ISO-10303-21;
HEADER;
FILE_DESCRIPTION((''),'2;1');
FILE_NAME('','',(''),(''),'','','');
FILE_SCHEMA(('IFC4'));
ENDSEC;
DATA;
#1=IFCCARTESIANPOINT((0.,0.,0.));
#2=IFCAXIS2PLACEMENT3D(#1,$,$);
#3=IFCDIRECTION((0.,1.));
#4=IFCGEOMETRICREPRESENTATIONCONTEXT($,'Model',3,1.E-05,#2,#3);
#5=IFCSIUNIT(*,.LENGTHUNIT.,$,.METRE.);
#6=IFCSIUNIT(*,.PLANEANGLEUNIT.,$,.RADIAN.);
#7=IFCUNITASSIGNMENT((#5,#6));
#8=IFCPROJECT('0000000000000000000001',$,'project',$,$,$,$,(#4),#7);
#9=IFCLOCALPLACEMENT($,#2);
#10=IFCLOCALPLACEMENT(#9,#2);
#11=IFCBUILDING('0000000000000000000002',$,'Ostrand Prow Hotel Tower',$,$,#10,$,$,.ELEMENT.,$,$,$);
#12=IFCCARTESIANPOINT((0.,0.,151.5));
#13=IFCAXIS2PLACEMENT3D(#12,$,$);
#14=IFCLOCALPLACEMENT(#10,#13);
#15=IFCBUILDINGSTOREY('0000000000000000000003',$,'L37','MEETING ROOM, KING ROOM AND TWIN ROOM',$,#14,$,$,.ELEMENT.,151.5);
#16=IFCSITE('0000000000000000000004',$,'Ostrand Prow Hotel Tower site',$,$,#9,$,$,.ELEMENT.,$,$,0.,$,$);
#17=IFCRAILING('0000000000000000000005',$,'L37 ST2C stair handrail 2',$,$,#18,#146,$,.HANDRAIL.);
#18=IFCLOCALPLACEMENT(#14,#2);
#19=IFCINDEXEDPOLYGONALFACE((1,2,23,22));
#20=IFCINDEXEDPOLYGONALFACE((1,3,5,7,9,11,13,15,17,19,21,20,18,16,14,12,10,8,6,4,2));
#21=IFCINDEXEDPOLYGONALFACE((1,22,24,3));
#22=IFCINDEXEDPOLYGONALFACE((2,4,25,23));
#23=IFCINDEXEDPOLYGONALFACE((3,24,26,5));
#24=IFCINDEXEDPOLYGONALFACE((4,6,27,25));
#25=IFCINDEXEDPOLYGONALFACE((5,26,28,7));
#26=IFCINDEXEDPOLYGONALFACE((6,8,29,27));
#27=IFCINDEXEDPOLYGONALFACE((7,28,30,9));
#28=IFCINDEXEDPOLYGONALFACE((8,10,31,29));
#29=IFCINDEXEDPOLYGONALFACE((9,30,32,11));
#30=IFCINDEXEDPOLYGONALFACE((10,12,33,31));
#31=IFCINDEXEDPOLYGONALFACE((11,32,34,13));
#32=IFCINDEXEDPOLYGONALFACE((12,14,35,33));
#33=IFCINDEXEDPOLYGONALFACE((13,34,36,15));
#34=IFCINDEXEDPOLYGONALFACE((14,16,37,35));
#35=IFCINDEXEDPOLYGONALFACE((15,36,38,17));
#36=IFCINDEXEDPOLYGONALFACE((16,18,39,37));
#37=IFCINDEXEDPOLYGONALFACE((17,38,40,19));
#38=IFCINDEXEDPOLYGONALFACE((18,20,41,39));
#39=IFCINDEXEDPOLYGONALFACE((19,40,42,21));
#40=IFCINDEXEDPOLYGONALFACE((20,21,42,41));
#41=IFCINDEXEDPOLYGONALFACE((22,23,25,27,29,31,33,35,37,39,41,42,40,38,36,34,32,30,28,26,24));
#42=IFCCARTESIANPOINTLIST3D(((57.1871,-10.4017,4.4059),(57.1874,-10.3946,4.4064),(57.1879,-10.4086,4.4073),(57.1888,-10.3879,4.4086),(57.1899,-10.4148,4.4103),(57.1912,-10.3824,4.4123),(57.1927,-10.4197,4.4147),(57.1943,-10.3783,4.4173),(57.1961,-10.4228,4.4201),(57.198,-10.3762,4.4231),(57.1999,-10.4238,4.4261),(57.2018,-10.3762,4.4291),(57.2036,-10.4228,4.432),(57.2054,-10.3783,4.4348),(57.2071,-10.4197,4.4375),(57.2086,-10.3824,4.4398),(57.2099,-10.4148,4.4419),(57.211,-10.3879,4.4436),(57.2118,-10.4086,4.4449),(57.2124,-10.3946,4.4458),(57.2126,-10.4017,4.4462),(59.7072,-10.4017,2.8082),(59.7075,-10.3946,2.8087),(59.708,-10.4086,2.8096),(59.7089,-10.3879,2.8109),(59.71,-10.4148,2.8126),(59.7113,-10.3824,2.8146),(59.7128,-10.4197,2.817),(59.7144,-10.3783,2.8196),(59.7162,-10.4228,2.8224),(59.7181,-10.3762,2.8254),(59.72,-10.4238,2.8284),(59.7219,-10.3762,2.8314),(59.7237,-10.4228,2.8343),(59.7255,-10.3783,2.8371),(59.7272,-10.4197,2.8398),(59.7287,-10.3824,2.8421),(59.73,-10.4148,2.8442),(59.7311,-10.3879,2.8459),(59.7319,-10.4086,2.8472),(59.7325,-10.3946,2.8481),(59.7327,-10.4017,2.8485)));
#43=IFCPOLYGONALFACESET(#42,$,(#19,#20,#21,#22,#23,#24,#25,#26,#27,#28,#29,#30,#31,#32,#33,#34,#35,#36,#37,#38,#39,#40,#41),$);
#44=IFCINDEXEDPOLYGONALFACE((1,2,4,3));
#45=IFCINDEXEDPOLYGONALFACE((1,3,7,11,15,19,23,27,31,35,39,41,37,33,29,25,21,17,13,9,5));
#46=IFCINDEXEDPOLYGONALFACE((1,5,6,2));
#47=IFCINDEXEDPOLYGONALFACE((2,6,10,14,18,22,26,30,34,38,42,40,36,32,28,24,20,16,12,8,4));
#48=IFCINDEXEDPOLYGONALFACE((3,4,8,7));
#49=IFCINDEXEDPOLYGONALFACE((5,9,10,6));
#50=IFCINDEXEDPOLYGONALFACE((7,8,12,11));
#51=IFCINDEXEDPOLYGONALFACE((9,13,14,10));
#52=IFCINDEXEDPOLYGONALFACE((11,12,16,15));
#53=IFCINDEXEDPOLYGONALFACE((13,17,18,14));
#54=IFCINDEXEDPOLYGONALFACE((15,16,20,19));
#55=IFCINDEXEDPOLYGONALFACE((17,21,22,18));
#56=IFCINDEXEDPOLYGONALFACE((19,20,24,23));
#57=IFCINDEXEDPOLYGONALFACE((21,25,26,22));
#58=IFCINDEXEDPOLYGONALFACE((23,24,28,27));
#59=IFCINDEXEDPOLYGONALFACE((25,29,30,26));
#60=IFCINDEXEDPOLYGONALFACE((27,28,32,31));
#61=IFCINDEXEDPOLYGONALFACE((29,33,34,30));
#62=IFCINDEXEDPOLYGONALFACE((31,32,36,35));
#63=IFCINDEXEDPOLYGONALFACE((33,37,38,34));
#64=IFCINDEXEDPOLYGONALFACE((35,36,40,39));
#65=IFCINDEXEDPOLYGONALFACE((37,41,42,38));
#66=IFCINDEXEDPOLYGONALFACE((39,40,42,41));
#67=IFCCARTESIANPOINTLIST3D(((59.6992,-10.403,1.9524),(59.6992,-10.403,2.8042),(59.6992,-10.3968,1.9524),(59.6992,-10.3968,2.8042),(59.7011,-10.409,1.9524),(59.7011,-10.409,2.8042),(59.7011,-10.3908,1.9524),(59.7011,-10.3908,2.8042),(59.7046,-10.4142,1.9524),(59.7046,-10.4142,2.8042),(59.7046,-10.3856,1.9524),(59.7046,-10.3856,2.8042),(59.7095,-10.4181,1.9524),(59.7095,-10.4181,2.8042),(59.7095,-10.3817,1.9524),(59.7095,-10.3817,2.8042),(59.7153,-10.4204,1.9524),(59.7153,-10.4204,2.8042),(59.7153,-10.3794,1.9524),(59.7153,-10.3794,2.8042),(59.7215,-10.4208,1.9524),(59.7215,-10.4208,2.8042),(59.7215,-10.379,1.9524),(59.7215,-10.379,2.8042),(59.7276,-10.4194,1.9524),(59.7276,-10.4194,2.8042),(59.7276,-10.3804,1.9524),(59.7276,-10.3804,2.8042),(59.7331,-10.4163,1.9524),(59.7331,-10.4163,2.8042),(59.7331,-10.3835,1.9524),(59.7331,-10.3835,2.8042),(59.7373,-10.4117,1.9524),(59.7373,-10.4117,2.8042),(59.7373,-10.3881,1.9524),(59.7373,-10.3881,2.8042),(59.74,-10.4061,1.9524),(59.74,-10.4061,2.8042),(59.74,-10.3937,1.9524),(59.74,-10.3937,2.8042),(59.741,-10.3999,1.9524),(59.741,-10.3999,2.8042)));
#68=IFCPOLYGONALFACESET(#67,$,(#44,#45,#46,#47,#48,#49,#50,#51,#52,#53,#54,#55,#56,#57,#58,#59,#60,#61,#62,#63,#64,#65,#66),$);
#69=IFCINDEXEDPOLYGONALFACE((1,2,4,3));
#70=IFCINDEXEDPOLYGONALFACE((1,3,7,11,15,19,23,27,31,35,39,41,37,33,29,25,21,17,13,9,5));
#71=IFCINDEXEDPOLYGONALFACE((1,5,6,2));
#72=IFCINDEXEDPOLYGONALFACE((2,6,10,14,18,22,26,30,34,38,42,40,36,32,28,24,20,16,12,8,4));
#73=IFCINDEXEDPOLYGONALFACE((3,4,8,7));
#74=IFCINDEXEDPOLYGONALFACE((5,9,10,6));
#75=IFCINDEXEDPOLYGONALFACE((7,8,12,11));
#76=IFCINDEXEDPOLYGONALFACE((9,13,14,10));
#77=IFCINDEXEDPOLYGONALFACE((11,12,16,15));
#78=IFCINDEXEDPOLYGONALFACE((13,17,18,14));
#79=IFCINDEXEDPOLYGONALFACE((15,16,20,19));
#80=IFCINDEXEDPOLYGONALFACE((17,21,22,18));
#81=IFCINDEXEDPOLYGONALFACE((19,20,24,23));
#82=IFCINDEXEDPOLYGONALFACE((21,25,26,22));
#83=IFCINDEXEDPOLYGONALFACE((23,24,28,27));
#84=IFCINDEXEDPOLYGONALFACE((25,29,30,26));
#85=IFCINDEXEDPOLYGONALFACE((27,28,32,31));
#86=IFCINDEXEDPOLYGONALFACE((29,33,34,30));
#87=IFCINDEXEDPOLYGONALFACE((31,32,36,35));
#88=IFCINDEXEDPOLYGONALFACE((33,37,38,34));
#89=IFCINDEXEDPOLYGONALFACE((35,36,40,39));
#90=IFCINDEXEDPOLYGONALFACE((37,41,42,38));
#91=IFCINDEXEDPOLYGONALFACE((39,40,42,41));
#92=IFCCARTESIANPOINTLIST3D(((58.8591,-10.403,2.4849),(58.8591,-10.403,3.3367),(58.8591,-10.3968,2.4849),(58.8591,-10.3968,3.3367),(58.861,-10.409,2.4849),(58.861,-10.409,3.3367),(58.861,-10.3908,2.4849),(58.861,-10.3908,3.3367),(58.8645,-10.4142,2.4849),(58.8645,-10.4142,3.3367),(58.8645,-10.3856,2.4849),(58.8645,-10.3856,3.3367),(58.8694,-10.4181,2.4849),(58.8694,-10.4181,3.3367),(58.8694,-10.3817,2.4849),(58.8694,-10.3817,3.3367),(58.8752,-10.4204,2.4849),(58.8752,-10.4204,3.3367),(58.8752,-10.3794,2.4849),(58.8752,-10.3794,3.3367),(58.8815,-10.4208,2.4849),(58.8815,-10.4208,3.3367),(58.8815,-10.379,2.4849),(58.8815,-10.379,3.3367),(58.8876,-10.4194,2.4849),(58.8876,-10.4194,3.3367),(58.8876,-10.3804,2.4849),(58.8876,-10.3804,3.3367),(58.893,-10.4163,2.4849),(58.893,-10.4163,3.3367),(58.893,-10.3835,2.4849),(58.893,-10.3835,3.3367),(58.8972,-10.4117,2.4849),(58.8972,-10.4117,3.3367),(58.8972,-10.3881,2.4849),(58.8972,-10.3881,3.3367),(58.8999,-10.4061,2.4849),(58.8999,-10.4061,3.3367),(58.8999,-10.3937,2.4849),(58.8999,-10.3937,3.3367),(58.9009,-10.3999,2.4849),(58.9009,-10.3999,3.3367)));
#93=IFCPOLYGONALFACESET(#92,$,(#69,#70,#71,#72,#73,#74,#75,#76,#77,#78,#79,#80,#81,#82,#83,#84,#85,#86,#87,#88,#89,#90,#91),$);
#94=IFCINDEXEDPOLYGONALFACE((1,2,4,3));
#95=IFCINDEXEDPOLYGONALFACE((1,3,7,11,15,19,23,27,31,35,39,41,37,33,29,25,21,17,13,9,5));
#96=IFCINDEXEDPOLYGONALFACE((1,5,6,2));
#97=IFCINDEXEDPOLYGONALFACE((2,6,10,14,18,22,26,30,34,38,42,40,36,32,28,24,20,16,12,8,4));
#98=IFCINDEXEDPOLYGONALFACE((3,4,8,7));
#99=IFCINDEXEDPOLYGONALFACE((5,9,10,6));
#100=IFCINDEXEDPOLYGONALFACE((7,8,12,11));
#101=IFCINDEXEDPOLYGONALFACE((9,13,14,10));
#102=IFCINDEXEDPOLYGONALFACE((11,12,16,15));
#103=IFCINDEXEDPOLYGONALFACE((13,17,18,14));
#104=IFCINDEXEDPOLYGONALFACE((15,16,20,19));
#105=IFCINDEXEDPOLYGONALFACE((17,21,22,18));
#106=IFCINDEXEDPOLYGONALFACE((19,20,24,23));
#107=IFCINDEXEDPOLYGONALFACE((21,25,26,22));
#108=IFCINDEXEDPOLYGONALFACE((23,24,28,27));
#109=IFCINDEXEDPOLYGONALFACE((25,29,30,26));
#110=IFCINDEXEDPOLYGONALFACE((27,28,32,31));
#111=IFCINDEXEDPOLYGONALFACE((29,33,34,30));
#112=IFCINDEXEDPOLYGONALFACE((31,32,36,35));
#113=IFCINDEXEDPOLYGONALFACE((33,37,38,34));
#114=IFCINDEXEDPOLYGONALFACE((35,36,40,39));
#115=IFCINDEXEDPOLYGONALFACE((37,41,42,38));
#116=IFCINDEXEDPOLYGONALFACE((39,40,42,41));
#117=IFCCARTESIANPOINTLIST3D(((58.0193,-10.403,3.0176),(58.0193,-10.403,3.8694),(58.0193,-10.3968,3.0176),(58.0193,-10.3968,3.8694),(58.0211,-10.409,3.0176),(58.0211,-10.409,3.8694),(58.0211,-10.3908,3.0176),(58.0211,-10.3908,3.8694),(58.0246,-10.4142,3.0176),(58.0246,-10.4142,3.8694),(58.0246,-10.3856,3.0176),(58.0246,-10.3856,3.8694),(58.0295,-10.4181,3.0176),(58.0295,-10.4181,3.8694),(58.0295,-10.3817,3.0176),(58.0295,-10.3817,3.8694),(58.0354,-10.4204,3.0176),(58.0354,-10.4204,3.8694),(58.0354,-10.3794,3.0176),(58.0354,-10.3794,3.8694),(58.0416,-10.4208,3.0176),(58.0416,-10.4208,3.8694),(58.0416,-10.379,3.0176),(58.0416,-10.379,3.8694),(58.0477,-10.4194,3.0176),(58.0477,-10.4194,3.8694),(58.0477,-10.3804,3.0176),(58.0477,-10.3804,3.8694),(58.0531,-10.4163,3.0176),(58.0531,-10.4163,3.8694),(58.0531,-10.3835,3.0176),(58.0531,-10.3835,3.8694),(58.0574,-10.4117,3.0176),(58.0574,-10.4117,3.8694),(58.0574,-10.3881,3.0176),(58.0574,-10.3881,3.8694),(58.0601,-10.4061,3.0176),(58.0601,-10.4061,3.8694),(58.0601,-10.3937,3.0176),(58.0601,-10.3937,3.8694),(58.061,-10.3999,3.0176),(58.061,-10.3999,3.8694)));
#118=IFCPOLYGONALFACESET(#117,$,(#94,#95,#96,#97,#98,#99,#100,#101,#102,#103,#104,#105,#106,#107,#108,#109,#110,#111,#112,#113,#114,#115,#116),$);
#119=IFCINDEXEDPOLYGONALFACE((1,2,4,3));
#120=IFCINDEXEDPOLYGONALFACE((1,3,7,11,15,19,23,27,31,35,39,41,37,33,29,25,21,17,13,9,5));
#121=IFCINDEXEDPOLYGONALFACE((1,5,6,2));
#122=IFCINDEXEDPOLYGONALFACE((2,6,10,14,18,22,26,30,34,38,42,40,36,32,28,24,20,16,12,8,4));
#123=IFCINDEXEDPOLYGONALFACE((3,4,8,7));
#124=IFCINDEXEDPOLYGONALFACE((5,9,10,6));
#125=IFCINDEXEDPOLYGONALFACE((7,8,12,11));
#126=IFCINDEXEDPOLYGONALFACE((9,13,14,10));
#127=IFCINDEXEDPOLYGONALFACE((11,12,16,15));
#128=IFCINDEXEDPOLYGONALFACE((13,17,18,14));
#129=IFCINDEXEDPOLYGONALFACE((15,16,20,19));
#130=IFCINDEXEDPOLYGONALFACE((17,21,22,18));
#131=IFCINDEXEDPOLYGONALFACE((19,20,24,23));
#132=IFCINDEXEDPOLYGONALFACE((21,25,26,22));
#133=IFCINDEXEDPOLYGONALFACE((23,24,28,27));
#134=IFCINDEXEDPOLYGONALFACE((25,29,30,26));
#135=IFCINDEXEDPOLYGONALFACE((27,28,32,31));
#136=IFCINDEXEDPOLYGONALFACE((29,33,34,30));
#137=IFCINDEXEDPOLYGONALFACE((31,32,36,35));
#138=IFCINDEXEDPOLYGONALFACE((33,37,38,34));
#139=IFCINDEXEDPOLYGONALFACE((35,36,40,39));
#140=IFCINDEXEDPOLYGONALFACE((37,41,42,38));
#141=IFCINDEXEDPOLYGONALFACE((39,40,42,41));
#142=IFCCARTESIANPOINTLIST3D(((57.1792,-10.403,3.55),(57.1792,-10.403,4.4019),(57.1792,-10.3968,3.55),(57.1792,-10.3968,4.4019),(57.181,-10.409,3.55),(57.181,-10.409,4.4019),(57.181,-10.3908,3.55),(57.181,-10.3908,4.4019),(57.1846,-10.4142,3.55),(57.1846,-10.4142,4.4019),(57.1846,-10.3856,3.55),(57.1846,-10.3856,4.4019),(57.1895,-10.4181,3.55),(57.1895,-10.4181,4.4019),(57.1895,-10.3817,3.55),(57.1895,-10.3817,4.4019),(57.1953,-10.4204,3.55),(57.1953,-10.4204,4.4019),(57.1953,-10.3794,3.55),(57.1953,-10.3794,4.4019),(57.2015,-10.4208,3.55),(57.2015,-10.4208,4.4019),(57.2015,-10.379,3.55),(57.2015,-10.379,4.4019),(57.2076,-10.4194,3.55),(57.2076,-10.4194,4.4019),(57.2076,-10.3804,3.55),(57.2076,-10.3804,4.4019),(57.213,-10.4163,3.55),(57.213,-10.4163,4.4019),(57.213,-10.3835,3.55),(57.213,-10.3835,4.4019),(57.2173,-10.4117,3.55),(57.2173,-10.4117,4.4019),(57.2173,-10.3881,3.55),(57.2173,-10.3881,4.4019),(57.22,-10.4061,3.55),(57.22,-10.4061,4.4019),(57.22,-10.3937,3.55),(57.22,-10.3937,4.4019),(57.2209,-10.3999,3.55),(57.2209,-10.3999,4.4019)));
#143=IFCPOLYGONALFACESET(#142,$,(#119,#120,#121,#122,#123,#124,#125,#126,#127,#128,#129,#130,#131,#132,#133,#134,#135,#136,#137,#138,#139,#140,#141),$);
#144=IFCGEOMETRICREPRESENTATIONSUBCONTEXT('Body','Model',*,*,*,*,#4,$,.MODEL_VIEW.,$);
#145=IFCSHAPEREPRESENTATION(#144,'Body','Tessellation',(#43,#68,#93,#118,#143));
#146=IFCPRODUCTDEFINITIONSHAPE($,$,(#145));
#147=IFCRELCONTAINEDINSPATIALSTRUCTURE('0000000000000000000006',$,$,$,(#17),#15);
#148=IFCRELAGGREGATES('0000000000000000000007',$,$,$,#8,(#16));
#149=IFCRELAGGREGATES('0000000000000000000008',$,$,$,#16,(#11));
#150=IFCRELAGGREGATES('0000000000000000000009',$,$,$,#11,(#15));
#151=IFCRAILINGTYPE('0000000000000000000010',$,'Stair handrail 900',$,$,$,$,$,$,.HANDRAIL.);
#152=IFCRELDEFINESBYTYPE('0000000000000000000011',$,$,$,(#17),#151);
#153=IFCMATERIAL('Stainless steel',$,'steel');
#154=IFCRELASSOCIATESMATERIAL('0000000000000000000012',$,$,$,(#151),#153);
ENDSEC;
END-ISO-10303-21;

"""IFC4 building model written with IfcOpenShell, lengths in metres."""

from ifc_helpers import new_model, si_unit, direction, frame, origin, origin_2d, place, context, subcontext, project, spatial, circle, extrude, material, type_object, element, save


model = new_model("IFC4")

# Units and contexts
model_context = context("Model", 3, precision=1e-05, world=origin(), true_north=direction((0.0, 1.0)))
body_context = subcontext(model_context, "Body", "Model", "MODEL_VIEW")
ifc_project = project(units=[si_unit("LENGTHUNIT", "METRE"), si_unit("PLANEANGLEUNIT", "RADIAN")], contexts=[model_context])

# Site, building, storey
site_placement = place(None, origin())
site = spatial("IfcSite", under=ifc_project, at=site_placement, Name="Ostrand Prow Hotel Tower site", CompositionType="ELEMENT", RefElevation=0.0)
building_placement = place(site_placement, origin())
building = spatial("IfcBuilding", under=site, at=building_placement, Name="Ostrand Prow Hotel Tower", CompositionType="ELEMENT")
storey_placement = place(building_placement, frame((0.0, 0.0, 151.5)))
storey = spatial("IfcBuildingStorey", under=building, at=storey_placement, Name="L37", Description="MEETING ROOM, KING ROOM AND TWIN ROOM", CompositionType="ELEMENT", Elevation=151.5)

# Railing
ifc_material_1 = material(Name="Stainless steel", Category="steel")
railing_type_1 = type_object("IfcRailingType", Name="Stair handrail 900", PredefinedType="HANDRAIL", material=ifc_material_1)
railing_1_placement = place(storey_placement, frame((59.72, -10.3999, 1.9524)))
element("IfcRailing", 1, at=railing_1_placement, inside=storey, type_object=railing_type_1, Name="L37 ST2C stair handrail 2", PredefinedType="HANDRAIL", context=body_context, shape_type="SweptSolid", body=[
    extrude(circle(Radius=0.0239, at=origin_2d()), frame((0.0, 0.0, 0.876), z_axis=(-0.84457, 0.0, 0.535445), x_axis=(0.0, -1.0, 0.0)), (0.0, 0.0, 1.0), 2.9839),
    extrude(circle(Radius=0.021, at=origin_2d()), origin(), (0.0, 0.0, 1.0), 0.8518),
    extrude(circle(Radius=0.021, at=origin_2d()), frame((-0.8401, 0.0, 0.5325)), (0.0, 0.0, 1.0), 0.8518),
    extrude(circle(Radius=0.021, at=origin_2d()), frame((-1.6799, 0.0, 1.0652)), (0.0, 0.0, 1.0), 0.8518),
    extrude(circle(Radius=0.021, at=origin_2d()), frame((-2.52, 0.0, 1.5977)), (0.0, 0.0, 1.0), 0.8518),
])

save(model, "model.ifc")
